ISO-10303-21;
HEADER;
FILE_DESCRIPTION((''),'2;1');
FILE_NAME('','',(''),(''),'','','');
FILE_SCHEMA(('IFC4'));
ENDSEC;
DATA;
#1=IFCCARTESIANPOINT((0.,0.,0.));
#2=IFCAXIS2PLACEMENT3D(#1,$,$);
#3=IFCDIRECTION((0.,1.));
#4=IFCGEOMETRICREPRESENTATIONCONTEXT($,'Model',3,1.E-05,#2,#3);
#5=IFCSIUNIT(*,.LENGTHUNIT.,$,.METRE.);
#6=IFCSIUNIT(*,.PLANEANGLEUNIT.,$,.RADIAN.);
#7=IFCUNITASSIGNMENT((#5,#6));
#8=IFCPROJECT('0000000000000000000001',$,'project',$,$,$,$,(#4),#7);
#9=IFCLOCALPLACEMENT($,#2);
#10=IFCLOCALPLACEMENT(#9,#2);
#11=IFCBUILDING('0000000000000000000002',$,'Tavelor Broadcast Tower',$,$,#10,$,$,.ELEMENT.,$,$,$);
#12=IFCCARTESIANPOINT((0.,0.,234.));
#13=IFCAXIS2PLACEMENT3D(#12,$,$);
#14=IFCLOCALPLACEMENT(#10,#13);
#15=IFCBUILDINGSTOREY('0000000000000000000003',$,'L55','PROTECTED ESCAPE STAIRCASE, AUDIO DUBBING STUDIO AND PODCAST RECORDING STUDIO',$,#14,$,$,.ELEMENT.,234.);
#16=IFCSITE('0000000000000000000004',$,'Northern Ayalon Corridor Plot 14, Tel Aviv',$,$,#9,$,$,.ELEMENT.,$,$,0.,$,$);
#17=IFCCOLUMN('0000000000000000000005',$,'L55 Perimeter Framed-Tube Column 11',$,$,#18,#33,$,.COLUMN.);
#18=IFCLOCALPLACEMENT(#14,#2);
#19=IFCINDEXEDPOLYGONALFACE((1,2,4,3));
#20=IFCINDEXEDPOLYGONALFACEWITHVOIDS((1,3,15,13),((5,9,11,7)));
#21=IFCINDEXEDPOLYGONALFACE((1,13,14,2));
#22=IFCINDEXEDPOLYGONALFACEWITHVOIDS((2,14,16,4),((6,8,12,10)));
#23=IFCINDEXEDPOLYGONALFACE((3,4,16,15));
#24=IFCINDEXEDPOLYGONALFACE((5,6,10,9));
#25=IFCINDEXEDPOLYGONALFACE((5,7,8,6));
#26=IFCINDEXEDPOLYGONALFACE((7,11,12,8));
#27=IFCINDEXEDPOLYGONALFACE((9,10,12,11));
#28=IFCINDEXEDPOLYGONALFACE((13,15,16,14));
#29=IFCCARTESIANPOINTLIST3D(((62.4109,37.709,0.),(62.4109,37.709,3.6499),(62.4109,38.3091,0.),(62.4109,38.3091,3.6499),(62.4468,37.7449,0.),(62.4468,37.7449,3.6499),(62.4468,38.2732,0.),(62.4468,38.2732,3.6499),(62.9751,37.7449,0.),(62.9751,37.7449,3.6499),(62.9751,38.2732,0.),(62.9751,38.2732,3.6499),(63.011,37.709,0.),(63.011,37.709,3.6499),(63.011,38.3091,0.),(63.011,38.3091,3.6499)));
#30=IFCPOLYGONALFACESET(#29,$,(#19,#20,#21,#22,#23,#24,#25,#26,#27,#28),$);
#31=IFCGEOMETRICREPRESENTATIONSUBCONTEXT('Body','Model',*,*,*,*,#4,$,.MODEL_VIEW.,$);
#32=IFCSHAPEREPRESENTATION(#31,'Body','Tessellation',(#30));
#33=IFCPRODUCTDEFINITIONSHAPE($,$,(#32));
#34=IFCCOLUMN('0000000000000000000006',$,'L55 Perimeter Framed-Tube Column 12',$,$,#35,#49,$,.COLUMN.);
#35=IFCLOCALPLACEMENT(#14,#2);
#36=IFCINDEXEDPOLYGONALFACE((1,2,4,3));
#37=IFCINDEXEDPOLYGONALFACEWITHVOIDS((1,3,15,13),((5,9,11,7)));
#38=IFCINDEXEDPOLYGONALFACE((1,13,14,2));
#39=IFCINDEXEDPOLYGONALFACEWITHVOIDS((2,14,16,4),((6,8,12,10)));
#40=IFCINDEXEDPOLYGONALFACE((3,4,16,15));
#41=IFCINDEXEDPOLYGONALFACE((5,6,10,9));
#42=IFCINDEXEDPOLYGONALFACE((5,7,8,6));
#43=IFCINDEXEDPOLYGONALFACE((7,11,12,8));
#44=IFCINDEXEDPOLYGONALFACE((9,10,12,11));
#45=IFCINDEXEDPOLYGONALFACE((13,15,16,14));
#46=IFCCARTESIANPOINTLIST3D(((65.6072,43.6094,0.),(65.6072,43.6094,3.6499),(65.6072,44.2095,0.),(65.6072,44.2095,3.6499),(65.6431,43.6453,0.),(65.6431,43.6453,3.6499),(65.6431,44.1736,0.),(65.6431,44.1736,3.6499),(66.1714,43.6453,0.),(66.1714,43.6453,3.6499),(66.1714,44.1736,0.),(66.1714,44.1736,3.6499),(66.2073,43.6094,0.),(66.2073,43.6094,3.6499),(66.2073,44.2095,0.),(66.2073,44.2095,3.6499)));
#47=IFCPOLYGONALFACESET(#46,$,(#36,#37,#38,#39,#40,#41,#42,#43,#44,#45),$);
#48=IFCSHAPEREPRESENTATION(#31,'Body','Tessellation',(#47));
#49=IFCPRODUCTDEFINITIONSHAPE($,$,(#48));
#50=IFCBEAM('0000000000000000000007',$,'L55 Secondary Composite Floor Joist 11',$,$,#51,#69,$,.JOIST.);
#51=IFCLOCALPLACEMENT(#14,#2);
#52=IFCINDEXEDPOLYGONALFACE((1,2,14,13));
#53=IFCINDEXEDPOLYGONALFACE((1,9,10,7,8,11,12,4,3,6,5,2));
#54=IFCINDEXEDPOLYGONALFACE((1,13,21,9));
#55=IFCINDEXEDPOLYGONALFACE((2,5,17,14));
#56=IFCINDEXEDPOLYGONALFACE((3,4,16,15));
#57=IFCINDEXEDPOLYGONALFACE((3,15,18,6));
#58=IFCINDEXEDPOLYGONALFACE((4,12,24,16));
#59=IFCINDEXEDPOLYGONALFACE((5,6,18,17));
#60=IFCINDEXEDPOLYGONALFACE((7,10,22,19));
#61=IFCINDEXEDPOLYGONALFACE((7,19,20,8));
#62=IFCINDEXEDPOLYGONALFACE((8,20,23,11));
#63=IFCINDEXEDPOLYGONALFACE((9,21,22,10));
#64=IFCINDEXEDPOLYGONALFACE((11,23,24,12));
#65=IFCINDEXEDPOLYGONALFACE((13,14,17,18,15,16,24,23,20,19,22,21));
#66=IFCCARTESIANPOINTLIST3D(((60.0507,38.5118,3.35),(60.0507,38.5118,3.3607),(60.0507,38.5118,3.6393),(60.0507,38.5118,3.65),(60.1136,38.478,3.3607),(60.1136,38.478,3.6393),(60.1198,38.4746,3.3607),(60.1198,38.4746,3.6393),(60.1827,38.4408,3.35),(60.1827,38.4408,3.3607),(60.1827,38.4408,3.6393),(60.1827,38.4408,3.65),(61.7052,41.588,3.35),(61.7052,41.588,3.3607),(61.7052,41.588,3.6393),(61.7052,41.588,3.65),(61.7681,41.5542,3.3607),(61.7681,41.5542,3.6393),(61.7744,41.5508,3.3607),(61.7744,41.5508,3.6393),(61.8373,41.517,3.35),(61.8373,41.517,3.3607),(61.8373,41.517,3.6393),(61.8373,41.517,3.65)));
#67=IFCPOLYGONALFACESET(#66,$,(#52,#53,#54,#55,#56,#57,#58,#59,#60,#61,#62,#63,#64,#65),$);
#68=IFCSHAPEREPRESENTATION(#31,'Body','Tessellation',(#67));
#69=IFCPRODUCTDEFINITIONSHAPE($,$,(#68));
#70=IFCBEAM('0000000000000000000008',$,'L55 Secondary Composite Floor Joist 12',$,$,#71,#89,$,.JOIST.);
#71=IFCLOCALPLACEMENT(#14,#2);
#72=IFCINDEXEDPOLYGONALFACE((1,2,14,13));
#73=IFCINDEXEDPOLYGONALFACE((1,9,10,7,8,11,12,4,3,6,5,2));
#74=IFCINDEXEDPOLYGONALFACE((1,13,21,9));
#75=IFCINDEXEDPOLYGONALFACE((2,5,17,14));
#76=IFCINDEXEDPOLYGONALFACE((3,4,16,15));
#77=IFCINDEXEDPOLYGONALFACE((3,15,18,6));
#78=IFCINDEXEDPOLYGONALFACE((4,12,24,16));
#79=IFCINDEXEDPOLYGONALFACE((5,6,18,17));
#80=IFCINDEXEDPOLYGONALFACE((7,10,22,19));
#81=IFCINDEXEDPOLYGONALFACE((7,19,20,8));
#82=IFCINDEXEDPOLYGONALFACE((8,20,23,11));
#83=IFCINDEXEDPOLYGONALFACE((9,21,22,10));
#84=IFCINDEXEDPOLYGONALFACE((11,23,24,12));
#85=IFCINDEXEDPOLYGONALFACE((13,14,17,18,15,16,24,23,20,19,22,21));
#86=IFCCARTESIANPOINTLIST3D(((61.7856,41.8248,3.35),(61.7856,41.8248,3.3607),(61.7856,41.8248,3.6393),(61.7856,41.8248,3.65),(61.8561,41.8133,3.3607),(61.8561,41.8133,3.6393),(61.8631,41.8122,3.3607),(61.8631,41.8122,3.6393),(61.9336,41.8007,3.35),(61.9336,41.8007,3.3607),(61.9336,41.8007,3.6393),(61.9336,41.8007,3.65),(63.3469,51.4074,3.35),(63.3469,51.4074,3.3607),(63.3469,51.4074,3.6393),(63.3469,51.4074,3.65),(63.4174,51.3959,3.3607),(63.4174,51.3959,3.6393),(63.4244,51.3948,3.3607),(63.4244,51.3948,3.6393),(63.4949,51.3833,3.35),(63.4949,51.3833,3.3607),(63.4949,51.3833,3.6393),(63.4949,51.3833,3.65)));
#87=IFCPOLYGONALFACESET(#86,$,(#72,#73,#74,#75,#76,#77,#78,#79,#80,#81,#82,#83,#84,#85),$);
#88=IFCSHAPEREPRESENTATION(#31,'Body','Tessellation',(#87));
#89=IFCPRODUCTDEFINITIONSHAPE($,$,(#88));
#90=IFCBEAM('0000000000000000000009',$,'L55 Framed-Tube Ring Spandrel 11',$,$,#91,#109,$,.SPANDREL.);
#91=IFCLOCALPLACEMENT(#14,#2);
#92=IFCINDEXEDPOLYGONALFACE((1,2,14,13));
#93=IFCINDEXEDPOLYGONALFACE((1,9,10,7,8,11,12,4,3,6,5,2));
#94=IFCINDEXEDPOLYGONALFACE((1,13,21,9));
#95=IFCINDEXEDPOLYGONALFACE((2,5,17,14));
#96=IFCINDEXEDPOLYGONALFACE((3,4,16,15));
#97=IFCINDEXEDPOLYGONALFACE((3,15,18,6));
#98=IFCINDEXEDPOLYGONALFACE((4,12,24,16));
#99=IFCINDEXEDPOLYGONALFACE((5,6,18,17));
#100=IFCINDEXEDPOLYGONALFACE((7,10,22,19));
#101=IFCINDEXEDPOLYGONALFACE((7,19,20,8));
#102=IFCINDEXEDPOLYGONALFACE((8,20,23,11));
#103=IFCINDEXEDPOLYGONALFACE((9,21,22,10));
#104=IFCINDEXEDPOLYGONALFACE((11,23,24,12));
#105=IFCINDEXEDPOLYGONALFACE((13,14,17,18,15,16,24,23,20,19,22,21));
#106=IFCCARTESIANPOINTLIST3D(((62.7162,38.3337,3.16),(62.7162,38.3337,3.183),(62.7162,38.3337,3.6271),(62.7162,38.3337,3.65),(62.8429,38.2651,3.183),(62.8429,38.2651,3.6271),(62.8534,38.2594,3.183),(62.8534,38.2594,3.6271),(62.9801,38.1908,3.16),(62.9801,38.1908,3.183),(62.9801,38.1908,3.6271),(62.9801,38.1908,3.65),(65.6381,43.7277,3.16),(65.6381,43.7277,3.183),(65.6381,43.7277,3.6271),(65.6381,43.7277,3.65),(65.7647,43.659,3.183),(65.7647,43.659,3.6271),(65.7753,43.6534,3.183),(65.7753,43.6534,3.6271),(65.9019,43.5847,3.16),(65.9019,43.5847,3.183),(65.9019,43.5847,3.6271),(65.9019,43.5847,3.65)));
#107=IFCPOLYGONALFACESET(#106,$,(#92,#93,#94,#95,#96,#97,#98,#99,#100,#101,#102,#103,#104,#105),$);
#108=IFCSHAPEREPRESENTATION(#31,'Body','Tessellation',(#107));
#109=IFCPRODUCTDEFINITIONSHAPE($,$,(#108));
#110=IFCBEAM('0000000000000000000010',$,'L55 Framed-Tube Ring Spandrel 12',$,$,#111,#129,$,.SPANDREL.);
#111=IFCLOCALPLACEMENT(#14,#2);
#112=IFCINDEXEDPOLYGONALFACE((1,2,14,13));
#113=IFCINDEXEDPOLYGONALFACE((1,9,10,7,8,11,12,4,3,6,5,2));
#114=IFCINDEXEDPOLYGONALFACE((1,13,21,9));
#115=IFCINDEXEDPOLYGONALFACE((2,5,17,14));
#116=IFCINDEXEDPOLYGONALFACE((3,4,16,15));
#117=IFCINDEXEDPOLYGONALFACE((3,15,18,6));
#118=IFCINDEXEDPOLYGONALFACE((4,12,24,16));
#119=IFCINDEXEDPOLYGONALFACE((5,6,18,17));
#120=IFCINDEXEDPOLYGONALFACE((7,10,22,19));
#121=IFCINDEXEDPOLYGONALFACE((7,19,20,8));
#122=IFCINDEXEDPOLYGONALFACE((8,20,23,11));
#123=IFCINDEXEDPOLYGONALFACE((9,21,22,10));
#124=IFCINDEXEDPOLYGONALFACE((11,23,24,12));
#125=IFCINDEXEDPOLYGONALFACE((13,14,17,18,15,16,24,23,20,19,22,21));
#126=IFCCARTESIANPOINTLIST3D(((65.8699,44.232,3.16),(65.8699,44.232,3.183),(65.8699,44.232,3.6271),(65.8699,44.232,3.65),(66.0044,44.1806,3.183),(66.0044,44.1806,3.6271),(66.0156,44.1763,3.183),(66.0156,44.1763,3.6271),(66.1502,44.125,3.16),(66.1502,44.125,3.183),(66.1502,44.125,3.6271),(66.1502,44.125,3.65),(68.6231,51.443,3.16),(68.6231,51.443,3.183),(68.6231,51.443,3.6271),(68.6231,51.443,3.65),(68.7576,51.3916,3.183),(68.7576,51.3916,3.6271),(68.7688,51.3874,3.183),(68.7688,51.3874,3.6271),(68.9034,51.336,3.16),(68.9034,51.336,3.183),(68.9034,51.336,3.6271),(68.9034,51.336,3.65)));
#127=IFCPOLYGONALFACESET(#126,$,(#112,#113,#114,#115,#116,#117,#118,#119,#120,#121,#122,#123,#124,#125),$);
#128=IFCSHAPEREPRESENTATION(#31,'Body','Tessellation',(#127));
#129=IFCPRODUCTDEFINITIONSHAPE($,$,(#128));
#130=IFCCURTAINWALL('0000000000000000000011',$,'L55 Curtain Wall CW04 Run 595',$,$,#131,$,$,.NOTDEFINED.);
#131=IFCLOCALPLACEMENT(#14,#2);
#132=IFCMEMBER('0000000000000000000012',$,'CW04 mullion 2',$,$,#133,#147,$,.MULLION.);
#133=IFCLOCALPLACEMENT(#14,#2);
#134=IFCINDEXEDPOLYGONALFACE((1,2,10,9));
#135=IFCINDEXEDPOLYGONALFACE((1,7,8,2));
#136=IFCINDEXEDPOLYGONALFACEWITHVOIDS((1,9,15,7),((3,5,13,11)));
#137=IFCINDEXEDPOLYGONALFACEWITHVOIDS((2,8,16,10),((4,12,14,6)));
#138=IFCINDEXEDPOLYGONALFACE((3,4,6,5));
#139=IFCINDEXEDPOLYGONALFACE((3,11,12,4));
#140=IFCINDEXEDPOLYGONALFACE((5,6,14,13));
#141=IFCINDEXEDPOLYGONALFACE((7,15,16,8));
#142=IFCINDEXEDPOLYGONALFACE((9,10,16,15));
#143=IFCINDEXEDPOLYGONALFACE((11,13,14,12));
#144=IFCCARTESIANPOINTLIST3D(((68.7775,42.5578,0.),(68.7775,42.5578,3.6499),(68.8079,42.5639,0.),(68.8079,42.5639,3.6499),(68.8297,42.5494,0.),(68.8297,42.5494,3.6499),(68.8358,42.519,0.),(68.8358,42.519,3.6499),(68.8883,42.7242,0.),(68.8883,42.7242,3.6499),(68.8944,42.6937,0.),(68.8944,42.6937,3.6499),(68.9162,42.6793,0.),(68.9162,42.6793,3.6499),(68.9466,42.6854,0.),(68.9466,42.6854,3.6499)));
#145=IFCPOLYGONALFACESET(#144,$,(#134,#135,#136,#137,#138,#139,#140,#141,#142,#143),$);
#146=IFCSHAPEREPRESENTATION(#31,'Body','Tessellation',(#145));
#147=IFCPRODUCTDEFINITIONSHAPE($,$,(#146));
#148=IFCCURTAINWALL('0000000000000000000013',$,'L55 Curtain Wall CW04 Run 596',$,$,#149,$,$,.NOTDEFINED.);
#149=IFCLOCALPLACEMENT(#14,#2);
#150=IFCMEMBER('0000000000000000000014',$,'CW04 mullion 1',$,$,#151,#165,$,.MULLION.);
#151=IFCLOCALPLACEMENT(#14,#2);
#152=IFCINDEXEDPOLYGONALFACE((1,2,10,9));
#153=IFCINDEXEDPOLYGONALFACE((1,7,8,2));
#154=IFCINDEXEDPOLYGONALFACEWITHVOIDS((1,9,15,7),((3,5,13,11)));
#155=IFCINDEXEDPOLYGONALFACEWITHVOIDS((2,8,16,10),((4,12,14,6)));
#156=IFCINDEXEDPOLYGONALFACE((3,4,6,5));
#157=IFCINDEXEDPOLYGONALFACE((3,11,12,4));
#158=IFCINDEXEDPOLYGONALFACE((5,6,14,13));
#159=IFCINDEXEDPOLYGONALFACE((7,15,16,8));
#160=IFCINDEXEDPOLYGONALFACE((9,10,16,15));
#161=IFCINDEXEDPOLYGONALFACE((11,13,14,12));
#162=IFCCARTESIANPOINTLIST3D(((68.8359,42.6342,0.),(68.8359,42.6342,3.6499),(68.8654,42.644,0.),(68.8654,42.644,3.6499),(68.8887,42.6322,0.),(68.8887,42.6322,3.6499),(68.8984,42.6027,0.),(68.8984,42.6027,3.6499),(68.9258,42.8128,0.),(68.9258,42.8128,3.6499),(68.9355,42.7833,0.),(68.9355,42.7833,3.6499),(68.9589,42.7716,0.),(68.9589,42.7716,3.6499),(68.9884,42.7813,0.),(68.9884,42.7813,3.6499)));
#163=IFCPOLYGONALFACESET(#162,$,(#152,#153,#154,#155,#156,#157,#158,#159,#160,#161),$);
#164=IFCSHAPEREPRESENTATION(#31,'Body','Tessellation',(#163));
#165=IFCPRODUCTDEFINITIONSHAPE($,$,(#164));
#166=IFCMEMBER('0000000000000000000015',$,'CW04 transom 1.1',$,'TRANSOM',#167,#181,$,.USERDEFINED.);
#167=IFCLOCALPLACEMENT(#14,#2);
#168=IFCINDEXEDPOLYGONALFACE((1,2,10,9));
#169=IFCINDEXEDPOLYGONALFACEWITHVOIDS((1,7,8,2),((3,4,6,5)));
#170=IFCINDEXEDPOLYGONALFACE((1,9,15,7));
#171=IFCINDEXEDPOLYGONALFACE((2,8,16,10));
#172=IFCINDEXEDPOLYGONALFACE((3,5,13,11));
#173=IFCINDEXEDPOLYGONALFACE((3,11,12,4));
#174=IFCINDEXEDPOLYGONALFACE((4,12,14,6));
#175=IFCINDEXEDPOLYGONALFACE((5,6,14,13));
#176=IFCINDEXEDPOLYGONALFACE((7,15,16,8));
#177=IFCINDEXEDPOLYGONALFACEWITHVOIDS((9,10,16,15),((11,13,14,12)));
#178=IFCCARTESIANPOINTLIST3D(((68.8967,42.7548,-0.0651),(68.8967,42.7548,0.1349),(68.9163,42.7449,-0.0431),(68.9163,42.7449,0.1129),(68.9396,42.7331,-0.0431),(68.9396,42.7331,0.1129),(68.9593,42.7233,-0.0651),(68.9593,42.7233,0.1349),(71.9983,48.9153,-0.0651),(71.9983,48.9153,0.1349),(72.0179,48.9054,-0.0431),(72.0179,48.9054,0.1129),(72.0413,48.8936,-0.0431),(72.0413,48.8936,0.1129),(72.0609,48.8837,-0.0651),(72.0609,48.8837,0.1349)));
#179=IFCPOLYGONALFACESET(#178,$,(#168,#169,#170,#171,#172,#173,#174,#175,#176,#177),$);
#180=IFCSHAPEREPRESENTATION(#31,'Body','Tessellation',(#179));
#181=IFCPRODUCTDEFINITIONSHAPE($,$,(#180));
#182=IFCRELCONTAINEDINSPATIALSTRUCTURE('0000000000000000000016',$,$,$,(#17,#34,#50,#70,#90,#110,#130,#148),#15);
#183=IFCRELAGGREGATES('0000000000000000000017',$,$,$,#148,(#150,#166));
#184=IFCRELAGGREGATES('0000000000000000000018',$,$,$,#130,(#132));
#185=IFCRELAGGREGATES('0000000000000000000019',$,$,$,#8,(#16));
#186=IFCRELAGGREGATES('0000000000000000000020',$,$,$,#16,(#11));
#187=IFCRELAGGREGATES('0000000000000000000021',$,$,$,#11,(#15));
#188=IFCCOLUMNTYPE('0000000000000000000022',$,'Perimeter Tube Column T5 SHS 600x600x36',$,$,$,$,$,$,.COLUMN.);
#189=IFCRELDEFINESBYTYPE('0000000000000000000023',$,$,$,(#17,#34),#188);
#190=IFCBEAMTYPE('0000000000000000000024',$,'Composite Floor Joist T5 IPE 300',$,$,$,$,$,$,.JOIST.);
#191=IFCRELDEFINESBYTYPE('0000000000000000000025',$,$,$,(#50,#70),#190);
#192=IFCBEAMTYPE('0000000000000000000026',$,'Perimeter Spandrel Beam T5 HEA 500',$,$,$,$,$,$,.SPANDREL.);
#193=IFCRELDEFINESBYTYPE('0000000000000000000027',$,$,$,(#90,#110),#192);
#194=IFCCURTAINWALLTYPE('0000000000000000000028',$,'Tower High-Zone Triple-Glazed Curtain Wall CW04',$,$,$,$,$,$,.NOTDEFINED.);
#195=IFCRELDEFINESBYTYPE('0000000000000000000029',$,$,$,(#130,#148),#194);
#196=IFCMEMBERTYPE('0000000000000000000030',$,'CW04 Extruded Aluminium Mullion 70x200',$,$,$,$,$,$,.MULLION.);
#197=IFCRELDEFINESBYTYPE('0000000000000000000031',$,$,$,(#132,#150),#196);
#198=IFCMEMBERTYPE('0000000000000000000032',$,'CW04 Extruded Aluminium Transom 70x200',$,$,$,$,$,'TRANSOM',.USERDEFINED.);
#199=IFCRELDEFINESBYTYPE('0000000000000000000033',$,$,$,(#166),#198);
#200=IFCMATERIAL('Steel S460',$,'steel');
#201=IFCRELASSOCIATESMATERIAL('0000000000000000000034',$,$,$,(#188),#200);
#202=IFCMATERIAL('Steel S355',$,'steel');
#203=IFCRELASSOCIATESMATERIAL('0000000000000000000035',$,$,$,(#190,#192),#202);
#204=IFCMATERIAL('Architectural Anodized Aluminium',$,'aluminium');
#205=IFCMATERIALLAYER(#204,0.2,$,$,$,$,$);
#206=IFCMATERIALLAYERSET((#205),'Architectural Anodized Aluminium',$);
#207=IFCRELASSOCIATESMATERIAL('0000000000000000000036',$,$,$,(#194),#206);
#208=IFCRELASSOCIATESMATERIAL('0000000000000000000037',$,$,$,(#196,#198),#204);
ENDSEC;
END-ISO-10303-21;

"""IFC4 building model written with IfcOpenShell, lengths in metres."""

from ifc_helpers import new_model, si_unit, direction, frame, origin, origin_2d, place, context, subcontext, project, spatial, hollow_rectangle, i_section, extrude, source, transform, mapped, material, layer, layer_set, material_profile, profile_set, type_object, type_shapes, element, aggregate, save


model = new_model("IFC4")

# Units and contexts
model_context = context("Model", 3, precision=1e-05, world=origin(), true_north=direction((0.0, 1.0)))
body_context = subcontext(model_context, "Body", "Model", "MODEL_VIEW")
ifc_project = project(units=[si_unit("LENGTHUNIT", "METRE"), si_unit("PLANEANGLEUNIT", "RADIAN")], contexts=[model_context])

# Site, building, storey
site_placement = place(None, origin())
site = spatial("IfcSite", under=ifc_project, at=site_placement, Name="Northern Ayalon Corridor Plot 14, Tel Aviv", CompositionType="ELEMENT", RefElevation=0.0)
building_placement = place(site_placement, origin())
building = spatial("IfcBuilding", under=site, at=building_placement, Name="Tavelor Broadcast Tower", CompositionType="ELEMENT")
storey_placement = place(building_placement, frame((0.0, 0.0, 234.0)))
storey = spatial("IfcBuildingStorey", under=building, at=storey_placement, Name="L55", Description="PROTECTED ESCAPE STAIRCASE, AUDIO DUBBING STUDIO AND PODCAST RECORDING STUDIO", CompositionType="ELEMENT", Elevation=234.0)

# Columns
ifc_material_1 = material(Name="Steel S460", Category="steel")
ifc_material_profile_1 = material_profile(ifc_material_1, hollow_rectangle(XDim=0.6001, YDim=0.6001, WallThickness=0.0359, at=origin_2d()), Name="SHS 600x600x36")
ifc_profile_set_1 = profile_set([ifc_material_profile_1], Name="Steel S460")
column_type = type_object("IfcColumnType", Name="Perimeter Tube Column T5 SHS 600x600x36", PredefinedType="COLUMN", material=ifc_profile_set_1)
for number, where, z_axis, x_axis, name in (
    (1, (62.7109, 38.009, 0.0), (0.0, 0.0, 1.0), (1.0, 0.0, 0.0), "L55 Perimeter Framed-Tube Column 11"),
    (2, (65.9072, 43.9094, 0.0), (0.0, 0.0, 1.0), (1.0, 0.0, 0.0), "L55 Perimeter Framed-Tube Column 12"),
):
    element("IfcColumn", number, at=place(storey_placement, frame(where, z_axis=z_axis, x_axis=x_axis)), inside=storey, type_object=column_type, Name=name, PredefinedType="COLUMN", context=body_context, shape_type="SweptSolid", body=[
        extrude(hollow_rectangle(XDim=0.6001, YDim=0.6001, WallThickness=0.0359, at=origin_2d()), origin(), (0.0, 0.0, 1.0), 3.6499),
    ])

# Beams
ifc_material_2 = material(Name="Steel S355", Category="steel")
ifc_material_profile_2 = material_profile(ifc_material_2, i_section(OverallWidth=0.1499, OverallDepth=0.3, WebThickness=0.0071, FlangeThickness=0.0107, at=origin_2d()), Name="IPE 300")
ifc_profile_set_2 = profile_set([ifc_material_profile_2], Name="Steel S355")
beam_type_1 = type_object("IfcBeamType", Name="Composite Floor Joist T5 IPE 300", PredefinedType="JOIST", material=ifc_profile_set_2)
beam_1_placement = place(storey_placement, frame((60.1167, 38.4763, 3.5), z_axis=(0.473687, 0.880693, 0.0), x_axis=(-0.880693, 0.473687, 0.0)))
element("IfcBeam", 3, at=beam_1_placement, inside=storey, type_object=beam_type_1, Name="L55 Secondary Composite Floor Joist 11", PredefinedType="JOIST", context=body_context, shape_type="SweptSolid", body=[
    extrude(i_section(OverallWidth=0.1499, OverallDepth=0.3, WebThickness=0.0071, FlangeThickness=0.0107, at=origin_2d()), origin(), (0.0, 0.0, 1.0), 3.4929),
])
beam_2_placement = place(storey_placement, frame((61.8596, 41.8127, 3.5), z_axis=(0.160809, 0.986985, 0.0), x_axis=(-0.986985, 0.160809, 0.0)))
element("IfcBeam", 4, at=beam_2_placement, inside=storey, type_object=beam_type_1, Name="L55 Secondary Composite Floor Joist 12", PredefinedType="JOIST", context=body_context, shape_type="SweptSolid", body=[
    extrude(i_section(OverallWidth=0.1499, OverallDepth=0.3, WebThickness=0.0071, FlangeThickness=0.0107, at=origin_2d()), origin(), (0.0, 0.0, 1.0), 9.709),
])
ifc_material_profile_3 = material_profile(ifc_material_2, i_section(OverallWidth=0.3, OverallDepth=0.49, WebThickness=0.012, FlangeThickness=0.0229, at=origin_2d()), Name="HEA 500")
ifc_profile_set_3 = profile_set([ifc_material_profile_3], Name="Steel S355")
beam_type_2 = type_object("IfcBeamType", Name="Perimeter Spandrel Beam T5 HEA 500", PredefinedType="SPANDREL", material=ifc_profile_set_3)
beam_3_placement = place(storey_placement, frame((62.8481, 38.2622, 3.405), z_axis=(0.476296, 0.879285, 0.0), x_axis=(-0.879285, 0.476296, 0.0)))
element("IfcBeam", 5, at=beam_3_placement, inside=storey, type_object=beam_type_2, Name="L55 Framed-Tube Ring Spandrel 11", PredefinedType="SPANDREL", context=body_context, shape_type="SweptSolid", body=[
    extrude(i_section(OverallWidth=0.3, OverallDepth=0.49, WebThickness=0.012, FlangeThickness=0.0229, at=origin_2d()), origin(), (0.0, 0.0, 1.0), 6.1345),
])
beam_4_placement = place(storey_placement, frame((66.01, 44.1785, 3.405), z_axis=(0.356691, 0.934222, 0.0), x_axis=(-0.934222, 0.356691, 0.0)))
element("IfcBeam", 6, at=beam_4_placement, inside=storey, type_object=beam_type_2, Name="L55 Framed-Tube Ring Spandrel 12", PredefinedType="SPANDREL", context=body_context, shape_type="SweptSolid", body=[
    extrude(i_section(OverallWidth=0.3, OverallDepth=0.49, WebThickness=0.012, FlangeThickness=0.0229, at=origin_2d()), origin(), (0.0, 0.0, 1.0), 7.7188),
])

# Curtain wall, member
ifc_material_3 = material(Name="Architectural Anodized Aluminium", Category="aluminium")
ifc_layer_1 = layer(ifc_material_3, 0.2)
ifc_layer_set_1 = layer_set([ifc_layer_1], Name="Architectural Anodized Aluminium")
curtain_wall_type = type_object("IfcCurtainWallType", Name="Tower High-Zone Triple-Glazed Curtain Wall CW04", PredefinedType="NOTDEFINED", material=ifc_layer_set_1)
curtain_wall_1_placement = place(storey_placement, origin())
curtain_wall_1 = element("IfcCurtainWall", 7, at=curtain_wall_1_placement, inside=storey, type_object=curtain_wall_type, Name="L55 Curtain Wall CW04 Run 595", PredefinedType="NOTDEFINED")
ifc_material_profile_4 = material_profile(ifc_material_3, hollow_rectangle(XDim=0.0701, YDim=0.2, WallThickness=0.022, at=origin_2d()), Name="RHS 70x200x22")
ifc_profile_set_4 = profile_set([ifc_material_profile_4], Name="Architectural Anodized Aluminium")
member_type_1 = type_object("IfcMemberType", Name="CW04 Extruded Aluminium Mullion 70x200", PredefinedType="MULLION", material=ifc_profile_set_4)
shared_shape_1 = source(origin(), body_context, "Body", "SweptSolid", [
    extrude(hollow_rectangle(XDim=0.0701, YDim=0.2, WallThickness=0.022, at=origin_2d()), origin(), (0.0, 0.0, 1.0), 3.6499),
])
type_shapes(member_type_1, [shared_shape_1])
member_1_placement = place(storey_placement, frame((68.8621, 42.6216, 0.0), z_axis=(0.0, 0.0, 1.0), x_axis=(-0.832204, 0.55447, 0.0)))
member_1 = element("IfcMember", 8, at=member_1_placement, type_object=member_type_1, Name="CW04 mullion 2", PredefinedType="MULLION", context=body_context, shape_type="MappedRepresentation", body=[
    mapped(shared_shape_1, transform((0.0, 0.0, 0.0), scale=1.0)),
])

# Curtain wall, members
curtain_wall_2_placement = place(storey_placement, origin())
curtain_wall_2 = element("IfcCurtainWall", 9, at=curtain_wall_2_placement, inside=storey, type_object=curtain_wall_type, Name="L55 Curtain Wall CW04 Run 596", PredefinedType="NOTDEFINED")
member_2_placement = place(storey_placement, frame((68.9121, 42.7078, 0.0), z_axis=(0.0, 0.0, 1.0), x_axis=(-0.893185, 0.44969, 0.0)))
member_2 = element("IfcMember", 10, at=member_2_placement, type_object=member_type_1, Name="CW04 mullion 1", PredefinedType="MULLION", context=body_context, shape_type="MappedRepresentation", body=[
    mapped(shared_shape_1, transform((0.0, 0.0, 0.0), scale=1.0)),
])
ifc_material_profile_5 = material_profile(ifc_material_3, hollow_rectangle(XDim=0.0701, YDim=0.2, WallThickness=0.022, at=origin_2d()), Name="RHS 70x200x22")
ifc_profile_set_5 = profile_set([ifc_material_profile_5], Name="Architectural Anodized Aluminium")
member_type_2 = type_object("IfcMemberType", Name="CW04 Extruded Aluminium Transom 70x200", ElementType="TRANSOM", PredefinedType="USERDEFINED", material=ifc_profile_set_5)
shared_shape_2 = source(origin(), body_context, "Body", "SweptSolid", [
    extrude(hollow_rectangle(XDim=0.0701, YDim=0.2, WallThickness=0.022, at=origin_2d()), origin(), (0.0, 0.0, 1.0), 6.8972),
])
type_shapes(member_type_2, [shared_shape_2])
member_3_placement = place(storey_placement, frame((68.928, 42.739, 0.0349), z_axis=(0.44969, 0.893185, 0.0), x_axis=(-0.893185, 0.44969, 0.0)))
member_3 = element("IfcMember", 11, at=member_3_placement, type_object=member_type_2, Name="CW04 transom 1.1", ObjectType="TRANSOM", PredefinedType="USERDEFINED", context=body_context, shape_type="MappedRepresentation", body=[
    mapped(shared_shape_2, transform((0.0, 0.0, 0.0), scale=1.0)),
])
aggregate(curtain_wall_2, [member_2, member_3])

aggregate(curtain_wall_1, [member_1])

save(model, "model.ifc")
